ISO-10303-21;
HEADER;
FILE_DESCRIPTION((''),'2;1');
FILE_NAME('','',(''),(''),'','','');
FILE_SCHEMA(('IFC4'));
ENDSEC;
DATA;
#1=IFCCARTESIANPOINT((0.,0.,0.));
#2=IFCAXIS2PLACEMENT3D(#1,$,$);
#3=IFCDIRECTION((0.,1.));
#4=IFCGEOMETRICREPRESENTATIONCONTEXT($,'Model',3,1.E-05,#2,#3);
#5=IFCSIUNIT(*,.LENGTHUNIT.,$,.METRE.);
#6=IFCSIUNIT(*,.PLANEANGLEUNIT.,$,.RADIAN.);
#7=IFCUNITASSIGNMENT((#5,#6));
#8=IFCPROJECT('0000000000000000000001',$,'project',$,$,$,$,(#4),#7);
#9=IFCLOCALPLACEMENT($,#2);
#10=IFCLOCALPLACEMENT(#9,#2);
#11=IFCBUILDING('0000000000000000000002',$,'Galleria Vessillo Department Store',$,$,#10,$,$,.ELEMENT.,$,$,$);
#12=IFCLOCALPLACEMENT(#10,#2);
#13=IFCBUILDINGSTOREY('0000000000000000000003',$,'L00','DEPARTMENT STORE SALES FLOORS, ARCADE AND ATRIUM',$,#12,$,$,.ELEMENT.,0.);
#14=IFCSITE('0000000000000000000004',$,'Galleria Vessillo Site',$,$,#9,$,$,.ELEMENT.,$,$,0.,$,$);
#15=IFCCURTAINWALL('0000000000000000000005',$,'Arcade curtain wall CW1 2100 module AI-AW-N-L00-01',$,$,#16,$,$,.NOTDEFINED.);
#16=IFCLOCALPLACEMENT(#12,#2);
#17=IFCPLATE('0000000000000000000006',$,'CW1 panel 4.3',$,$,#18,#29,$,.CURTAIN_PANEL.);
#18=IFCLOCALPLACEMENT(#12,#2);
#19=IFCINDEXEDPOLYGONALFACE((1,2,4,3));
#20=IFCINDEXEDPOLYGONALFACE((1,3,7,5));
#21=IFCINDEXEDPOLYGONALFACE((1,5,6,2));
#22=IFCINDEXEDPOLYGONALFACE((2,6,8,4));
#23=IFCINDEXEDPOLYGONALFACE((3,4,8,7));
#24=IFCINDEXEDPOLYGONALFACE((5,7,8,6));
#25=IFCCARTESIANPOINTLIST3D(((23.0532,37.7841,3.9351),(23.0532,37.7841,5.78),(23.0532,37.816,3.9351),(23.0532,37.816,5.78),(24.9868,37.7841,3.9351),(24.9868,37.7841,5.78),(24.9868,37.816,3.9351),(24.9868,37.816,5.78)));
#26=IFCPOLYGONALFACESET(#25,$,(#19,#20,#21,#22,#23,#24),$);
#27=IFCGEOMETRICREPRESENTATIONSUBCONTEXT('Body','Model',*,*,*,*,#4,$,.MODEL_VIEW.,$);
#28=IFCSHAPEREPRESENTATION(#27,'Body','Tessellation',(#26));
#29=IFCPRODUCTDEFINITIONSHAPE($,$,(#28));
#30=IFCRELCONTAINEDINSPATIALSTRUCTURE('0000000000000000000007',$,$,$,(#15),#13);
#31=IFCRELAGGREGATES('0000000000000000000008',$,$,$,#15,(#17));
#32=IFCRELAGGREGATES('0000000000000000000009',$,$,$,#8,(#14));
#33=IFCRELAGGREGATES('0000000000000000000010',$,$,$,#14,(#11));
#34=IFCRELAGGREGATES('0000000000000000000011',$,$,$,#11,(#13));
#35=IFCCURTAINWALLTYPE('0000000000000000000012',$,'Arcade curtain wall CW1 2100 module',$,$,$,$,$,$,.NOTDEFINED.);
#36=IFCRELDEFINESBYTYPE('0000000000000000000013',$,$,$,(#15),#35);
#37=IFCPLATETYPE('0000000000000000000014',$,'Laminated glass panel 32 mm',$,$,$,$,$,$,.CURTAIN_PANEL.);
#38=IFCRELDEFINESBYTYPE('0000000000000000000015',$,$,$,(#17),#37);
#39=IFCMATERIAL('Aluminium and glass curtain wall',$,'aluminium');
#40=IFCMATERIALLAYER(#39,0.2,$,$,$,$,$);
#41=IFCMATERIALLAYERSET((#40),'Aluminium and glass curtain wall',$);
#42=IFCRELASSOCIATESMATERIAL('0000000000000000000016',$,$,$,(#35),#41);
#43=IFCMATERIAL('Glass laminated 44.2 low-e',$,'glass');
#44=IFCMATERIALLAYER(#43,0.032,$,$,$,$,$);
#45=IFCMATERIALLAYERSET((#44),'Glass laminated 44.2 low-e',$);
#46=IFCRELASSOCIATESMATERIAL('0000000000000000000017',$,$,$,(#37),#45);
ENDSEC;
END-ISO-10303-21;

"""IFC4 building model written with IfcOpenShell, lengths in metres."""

from ifc_helpers import new_model, si_unit, direction, frame, origin, origin_2d, place, context, subcontext, project, spatial, rectangle, extrude, material, layer, layer_set, type_object, element, aggregate, save


model = new_model("IFC4")

# Units and contexts
model_context = context("Model", 3, precision=1e-05, world=origin(), true_north=direction((0.0, 1.0)))
body_context = subcontext(model_context, "Body", "Model", "MODEL_VIEW")
ifc_project = project(units=[si_unit("LENGTHUNIT", "METRE"), si_unit("PLANEANGLEUNIT", "RADIAN")], contexts=[model_context])

# Site, building, storey
site_placement = place(None, origin())
site = spatial("IfcSite", under=ifc_project, at=site_placement, Name="Galleria Vessillo Site", CompositionType="ELEMENT", RefElevation=0.0)
building_placement = place(site_placement, origin())
building = spatial("IfcBuilding", under=site, at=building_placement, Name="Galleria Vessillo Department Store", CompositionType="ELEMENT")
storey_placement = place(building_placement, origin())
storey = spatial("IfcBuildingStorey", under=building, at=storey_placement, Name="L00", Description="DEPARTMENT STORE SALES FLOORS, ARCADE AND ATRIUM", CompositionType="ELEMENT", Elevation=0.0)

# Curtain wall
ifc_material_1 = material(Name="Aluminium and glass curtain wall", Category="aluminium")
ifc_layer_1 = layer(ifc_material_1, 0.2)
ifc_layer_set_1 = layer_set([ifc_layer_1], Name="Aluminium and glass curtain wall")
curtain_wall_type = type_object("IfcCurtainWallType", Name="Arcade curtain wall CW1 2100 module", PredefinedType="NOTDEFINED", material=ifc_layer_set_1)
curtain_wall_placement = place(storey_placement, origin())
curtain_wall = element("IfcCurtainWall", 1, at=curtain_wall_placement, inside=storey, type_object=curtain_wall_type, Name="Arcade curtain wall CW1 2100 module AI-AW-N-L00-01", PredefinedType="NOTDEFINED")

# Plate
ifc_material_2 = material(Name="Glass laminated 44.2 low-e", Category="glass")
ifc_layer_2 = layer(ifc_material_2, 0.032)
ifc_layer_set_2 = layer_set([ifc_layer_2], Name="Glass laminated 44.2 low-e")
plate_type = type_object("IfcPlateType", Name="Laminated glass panel 32 mm", PredefinedType="CURTAIN_PANEL", material=ifc_layer_set_2)
plate_1_placement = place(storey_placement, frame((24.02, 37.8, 3.9351), z_axis=(0.0, 0.0, 1.0), x_axis=(1.0, 0.0, 0.0)))
plate_1 = element("IfcPlate", 2, at=plate_1_placement, type_object=plate_type, Name="CW1 panel 4.3", PredefinedType="CURTAIN_PANEL", context=body_context, shape_type="SweptSolid", body=[
    extrude(rectangle(XDim=1.9336, YDim=0.032, at=origin_2d()), origin(), (0.0, 0.0, 1.0), 1.845),
])
aggregate(curtain_wall, [plate_1])

save(model, "model.ifc")
